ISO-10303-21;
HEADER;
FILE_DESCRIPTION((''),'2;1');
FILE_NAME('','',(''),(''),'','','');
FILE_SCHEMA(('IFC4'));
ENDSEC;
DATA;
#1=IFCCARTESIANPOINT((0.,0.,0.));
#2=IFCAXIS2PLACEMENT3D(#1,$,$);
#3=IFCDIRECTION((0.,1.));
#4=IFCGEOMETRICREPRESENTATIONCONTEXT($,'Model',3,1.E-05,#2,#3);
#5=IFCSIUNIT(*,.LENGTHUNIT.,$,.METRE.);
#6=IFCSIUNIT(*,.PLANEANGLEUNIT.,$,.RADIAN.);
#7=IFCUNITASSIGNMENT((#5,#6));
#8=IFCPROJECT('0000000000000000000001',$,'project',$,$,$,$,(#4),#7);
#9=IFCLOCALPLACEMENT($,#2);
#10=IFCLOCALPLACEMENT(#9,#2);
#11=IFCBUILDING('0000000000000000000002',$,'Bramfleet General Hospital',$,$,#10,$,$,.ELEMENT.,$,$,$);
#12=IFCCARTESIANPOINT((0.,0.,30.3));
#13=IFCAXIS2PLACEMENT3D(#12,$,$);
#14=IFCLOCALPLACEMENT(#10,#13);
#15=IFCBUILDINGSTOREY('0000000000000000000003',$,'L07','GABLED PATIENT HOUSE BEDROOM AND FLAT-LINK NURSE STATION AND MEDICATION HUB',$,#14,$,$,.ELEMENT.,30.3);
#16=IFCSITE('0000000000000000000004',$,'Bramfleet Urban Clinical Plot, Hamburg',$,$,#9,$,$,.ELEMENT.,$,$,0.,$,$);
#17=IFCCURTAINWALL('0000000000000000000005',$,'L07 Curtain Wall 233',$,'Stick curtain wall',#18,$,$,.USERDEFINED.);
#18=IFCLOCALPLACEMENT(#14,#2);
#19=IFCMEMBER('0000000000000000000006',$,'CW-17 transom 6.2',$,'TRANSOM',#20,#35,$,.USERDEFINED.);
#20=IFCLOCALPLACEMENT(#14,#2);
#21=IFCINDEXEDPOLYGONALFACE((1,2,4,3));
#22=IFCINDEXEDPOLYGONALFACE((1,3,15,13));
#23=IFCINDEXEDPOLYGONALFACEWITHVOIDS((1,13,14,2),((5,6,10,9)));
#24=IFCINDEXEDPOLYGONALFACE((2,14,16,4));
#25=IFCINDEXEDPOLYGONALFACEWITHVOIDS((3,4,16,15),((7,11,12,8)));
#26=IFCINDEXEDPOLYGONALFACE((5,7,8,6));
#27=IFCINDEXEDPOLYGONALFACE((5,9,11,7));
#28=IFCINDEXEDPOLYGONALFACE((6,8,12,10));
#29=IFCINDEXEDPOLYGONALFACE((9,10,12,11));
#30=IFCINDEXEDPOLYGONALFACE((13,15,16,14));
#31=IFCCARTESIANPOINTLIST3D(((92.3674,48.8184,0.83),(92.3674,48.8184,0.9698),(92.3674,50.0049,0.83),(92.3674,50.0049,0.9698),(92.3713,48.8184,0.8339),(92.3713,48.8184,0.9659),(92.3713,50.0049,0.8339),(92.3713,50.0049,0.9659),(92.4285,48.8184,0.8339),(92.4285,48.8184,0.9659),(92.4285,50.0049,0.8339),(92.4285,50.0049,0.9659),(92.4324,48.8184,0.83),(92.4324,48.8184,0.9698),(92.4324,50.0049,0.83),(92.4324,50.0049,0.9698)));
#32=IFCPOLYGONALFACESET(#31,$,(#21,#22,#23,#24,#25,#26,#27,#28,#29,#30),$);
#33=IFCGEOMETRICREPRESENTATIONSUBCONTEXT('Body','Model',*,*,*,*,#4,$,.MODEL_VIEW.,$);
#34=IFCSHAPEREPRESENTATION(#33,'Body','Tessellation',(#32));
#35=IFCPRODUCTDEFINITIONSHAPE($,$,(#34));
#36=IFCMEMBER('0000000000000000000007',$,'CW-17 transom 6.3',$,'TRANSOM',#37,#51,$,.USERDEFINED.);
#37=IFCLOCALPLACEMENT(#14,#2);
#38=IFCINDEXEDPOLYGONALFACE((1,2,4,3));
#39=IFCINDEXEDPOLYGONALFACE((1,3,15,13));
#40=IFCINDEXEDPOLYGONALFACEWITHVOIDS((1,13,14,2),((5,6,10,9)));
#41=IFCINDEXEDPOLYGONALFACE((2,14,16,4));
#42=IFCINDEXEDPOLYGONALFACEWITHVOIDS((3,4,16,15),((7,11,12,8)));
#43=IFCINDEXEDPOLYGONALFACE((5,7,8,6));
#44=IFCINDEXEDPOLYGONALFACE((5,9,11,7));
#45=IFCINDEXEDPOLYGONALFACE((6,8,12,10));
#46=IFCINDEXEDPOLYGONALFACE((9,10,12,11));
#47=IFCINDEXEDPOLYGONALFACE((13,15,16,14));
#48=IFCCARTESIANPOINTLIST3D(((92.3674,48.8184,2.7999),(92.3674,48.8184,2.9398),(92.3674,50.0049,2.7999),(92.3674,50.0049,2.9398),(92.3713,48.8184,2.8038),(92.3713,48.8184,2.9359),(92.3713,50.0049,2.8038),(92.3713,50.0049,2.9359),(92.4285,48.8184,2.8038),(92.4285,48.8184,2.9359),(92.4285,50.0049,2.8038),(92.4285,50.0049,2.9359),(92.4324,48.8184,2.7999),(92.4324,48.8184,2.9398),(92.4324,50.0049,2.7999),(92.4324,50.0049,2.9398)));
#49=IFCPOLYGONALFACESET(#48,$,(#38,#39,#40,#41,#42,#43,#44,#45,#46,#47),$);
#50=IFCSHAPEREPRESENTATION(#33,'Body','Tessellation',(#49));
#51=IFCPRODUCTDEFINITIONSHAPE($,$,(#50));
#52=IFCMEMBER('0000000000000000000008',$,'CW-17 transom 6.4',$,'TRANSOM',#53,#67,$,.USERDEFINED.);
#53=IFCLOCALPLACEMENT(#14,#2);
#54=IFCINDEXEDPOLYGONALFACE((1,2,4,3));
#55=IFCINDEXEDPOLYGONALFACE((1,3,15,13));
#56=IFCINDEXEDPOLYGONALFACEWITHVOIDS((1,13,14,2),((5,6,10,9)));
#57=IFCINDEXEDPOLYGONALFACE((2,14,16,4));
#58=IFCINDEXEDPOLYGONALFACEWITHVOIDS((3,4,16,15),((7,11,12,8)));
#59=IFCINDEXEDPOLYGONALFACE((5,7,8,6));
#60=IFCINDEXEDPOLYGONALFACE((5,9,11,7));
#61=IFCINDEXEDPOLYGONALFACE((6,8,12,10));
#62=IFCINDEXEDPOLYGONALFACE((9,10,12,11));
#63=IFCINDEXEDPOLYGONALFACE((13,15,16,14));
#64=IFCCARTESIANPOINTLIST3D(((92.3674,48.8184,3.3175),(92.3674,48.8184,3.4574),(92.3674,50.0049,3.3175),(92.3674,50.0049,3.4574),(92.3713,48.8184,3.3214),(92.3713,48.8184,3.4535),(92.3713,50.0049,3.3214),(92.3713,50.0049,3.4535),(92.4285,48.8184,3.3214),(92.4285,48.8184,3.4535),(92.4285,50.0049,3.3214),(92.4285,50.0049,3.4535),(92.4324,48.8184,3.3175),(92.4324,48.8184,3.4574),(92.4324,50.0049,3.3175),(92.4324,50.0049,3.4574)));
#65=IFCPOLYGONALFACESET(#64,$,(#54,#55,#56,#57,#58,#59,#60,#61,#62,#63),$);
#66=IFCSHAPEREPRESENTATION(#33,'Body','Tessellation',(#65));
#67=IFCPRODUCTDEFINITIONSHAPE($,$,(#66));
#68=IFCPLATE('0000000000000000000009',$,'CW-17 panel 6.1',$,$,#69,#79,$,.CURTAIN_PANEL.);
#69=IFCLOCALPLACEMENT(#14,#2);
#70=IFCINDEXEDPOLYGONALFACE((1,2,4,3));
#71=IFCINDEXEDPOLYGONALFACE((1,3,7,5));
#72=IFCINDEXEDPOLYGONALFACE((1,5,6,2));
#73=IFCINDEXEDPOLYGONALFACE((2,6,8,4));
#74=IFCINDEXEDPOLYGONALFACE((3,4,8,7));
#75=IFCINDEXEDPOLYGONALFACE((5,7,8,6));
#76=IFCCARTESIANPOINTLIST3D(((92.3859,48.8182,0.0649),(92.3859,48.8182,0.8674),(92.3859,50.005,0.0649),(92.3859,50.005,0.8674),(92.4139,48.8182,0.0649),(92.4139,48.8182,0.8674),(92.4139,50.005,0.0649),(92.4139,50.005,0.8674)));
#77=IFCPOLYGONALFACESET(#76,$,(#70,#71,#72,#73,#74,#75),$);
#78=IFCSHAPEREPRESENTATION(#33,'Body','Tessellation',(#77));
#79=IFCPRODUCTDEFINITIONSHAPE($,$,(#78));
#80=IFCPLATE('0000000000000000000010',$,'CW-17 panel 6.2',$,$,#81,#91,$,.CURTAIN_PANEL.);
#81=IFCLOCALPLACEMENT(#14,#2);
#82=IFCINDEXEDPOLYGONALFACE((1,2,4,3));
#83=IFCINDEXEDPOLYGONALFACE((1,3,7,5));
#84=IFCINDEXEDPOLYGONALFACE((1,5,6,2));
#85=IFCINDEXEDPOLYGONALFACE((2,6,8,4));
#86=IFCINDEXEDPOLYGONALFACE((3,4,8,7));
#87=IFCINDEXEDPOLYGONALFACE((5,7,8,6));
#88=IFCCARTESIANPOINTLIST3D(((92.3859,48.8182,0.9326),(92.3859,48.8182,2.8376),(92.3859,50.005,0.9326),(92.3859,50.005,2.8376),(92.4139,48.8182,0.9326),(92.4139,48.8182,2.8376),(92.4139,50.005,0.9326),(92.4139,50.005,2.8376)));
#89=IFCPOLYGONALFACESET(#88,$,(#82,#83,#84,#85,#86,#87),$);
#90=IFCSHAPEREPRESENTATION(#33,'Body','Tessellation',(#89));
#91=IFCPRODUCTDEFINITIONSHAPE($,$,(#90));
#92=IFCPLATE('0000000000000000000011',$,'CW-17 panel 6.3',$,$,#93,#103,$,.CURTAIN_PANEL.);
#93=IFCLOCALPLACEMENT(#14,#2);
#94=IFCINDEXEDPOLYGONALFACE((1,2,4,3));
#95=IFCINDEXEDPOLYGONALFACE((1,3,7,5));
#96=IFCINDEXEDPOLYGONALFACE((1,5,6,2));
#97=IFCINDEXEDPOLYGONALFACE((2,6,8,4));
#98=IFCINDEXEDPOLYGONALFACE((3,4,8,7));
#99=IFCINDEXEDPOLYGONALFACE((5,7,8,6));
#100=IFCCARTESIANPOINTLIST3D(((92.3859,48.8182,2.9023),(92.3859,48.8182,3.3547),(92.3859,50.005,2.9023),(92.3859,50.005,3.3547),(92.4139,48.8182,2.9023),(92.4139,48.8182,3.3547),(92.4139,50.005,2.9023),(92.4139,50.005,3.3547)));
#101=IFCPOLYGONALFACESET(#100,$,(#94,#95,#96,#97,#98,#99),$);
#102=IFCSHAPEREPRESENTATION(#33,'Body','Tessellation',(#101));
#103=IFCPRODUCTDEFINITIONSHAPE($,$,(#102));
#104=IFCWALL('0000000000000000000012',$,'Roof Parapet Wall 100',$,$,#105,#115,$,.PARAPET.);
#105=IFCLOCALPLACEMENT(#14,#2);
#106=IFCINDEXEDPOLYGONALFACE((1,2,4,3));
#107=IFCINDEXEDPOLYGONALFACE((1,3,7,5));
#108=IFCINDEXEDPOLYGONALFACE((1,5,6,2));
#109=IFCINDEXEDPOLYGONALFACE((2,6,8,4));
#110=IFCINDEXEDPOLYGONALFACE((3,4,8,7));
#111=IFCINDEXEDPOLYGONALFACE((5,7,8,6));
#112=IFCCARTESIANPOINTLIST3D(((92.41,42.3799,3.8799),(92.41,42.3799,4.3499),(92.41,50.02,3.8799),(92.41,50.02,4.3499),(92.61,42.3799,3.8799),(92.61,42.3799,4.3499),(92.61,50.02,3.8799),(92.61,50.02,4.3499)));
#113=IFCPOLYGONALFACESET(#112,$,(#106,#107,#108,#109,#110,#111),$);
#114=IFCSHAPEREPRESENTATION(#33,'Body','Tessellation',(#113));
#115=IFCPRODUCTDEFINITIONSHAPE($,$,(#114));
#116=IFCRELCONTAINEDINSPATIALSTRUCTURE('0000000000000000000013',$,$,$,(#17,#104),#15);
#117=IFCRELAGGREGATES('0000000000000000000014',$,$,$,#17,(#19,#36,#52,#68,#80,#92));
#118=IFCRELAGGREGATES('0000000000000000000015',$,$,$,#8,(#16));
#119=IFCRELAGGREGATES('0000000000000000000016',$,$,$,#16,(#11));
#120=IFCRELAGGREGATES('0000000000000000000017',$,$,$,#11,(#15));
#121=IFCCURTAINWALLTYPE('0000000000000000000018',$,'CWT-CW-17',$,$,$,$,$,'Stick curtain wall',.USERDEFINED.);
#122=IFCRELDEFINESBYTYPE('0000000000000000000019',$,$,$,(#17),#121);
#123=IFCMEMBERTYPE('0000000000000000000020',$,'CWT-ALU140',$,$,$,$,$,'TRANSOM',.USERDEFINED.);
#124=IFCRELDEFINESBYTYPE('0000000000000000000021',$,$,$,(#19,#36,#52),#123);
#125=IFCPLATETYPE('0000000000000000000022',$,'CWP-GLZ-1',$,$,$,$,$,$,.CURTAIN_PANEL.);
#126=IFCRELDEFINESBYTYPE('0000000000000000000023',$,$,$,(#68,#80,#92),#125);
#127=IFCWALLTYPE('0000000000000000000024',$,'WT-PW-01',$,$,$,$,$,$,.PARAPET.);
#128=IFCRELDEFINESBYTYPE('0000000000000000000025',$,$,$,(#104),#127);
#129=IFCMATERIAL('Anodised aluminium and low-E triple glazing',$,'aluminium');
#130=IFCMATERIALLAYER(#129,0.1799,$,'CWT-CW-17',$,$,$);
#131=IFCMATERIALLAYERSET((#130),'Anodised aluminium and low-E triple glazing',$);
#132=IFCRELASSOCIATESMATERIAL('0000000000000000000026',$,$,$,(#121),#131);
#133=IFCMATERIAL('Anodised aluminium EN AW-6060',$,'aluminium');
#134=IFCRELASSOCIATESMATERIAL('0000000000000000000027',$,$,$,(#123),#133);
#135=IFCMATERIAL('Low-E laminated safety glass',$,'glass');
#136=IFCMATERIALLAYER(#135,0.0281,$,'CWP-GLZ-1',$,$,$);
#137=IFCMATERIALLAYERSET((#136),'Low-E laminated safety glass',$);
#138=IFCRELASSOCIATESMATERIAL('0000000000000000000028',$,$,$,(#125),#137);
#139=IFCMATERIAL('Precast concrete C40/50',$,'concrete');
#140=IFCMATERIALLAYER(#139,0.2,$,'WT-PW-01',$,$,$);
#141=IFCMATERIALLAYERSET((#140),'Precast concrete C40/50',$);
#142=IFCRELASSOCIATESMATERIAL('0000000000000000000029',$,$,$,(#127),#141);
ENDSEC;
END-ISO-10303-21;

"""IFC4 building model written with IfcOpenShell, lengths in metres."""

from ifc_helpers import new_model, si_unit, direction, frame, frame_2d, origin, origin_2d, place, context, subcontext, project, spatial, rectangle, hollow_rectangle, extrude, material, layer, layer_set, material_profile, profile_set, type_object, element, aggregate, save


model = new_model("IFC4")

# Units and contexts
model_context = context("Model", 3, precision=1e-05, world=origin(), true_north=direction((0.0, 1.0)))
body_context = subcontext(model_context, "Body", "Model", "MODEL_VIEW")
ifc_project = project(units=[si_unit("LENGTHUNIT", "METRE"), si_unit("PLANEANGLEUNIT", "RADIAN")], contexts=[model_context])

# Site, building, storey
site_placement = place(None, origin())
site = spatial("IfcSite", under=ifc_project, at=site_placement, Name="Bramfleet Urban Clinical Plot, Hamburg", CompositionType="ELEMENT", RefElevation=0.0)
building_placement = place(site_placement, origin())
building = spatial("IfcBuilding", under=site, at=building_placement, Name="Bramfleet General Hospital", CompositionType="ELEMENT")
storey_placement = place(building_placement, frame((0.0, 0.0, 30.3)))
storey = spatial("IfcBuildingStorey", under=building, at=storey_placement, Name="L07", Description="GABLED PATIENT HOUSE BEDROOM AND FLAT-LINK NURSE STATION AND MEDICATION HUB", CompositionType="ELEMENT", Elevation=30.3)

# Curtain wall, members, plates
ifc_material_1 = material(Name="Anodised aluminium and low-E triple glazing", Category="aluminium")
ifc_layer_1 = layer(ifc_material_1, 0.1799, Name="CWT-CW-17")
ifc_layer_set_1 = layer_set([ifc_layer_1], Name="Anodised aluminium and low-E triple glazing")
curtain_wall_type = type_object("IfcCurtainWallType", Name="CWT-CW-17", ElementType="Stick curtain wall", PredefinedType="USERDEFINED", material=ifc_layer_set_1)
curtain_wall_placement = place(storey_placement, origin())
curtain_wall = element("IfcCurtainWall", 1, at=curtain_wall_placement, inside=storey, type_object=curtain_wall_type, Name="L07 Curtain Wall 233", ObjectType="Stick curtain wall", PredefinedType="USERDEFINED")
ifc_material_2 = material(Name="Anodised aluminium EN AW-6060", Category="aluminium")
ifc_material_profile_1 = material_profile(ifc_material_2, hollow_rectangle(XDim=0.0649, YDim=0.1399, WallThickness=0.0039, at=origin_2d()), Name="ALU 140x65x4.0")
ifc_profile_set_1 = profile_set([ifc_material_profile_1], Name="Anodised aluminium EN AW-6060")
member_type_1 = type_object("IfcMemberType", Name="CWT-ALU140", ElementType="TRANSOM", PredefinedType="USERDEFINED", material=ifc_profile_set_1)
member_1_placement = place(storey_placement, frame((92.3999, 48.8184, 0.8999), z_axis=(0.0, 1.0, 0.0), x_axis=(-1.0, 0.0, 0.0)))
member_1 = element("IfcMember", 2, at=member_1_placement, type_object=member_type_1, Name="CW-17 transom 6.2", ObjectType="TRANSOM", PredefinedType="USERDEFINED", context=body_context, shape_type="SweptSolid", body=[
    extrude(hollow_rectangle(XDim=0.0649, YDim=0.1399, WallThickness=0.0039, at=origin_2d()), origin(), (0.0, 0.0, 1.0), 1.1865),
])
member_2_placement = place(storey_placement, frame((92.3999, 48.8184, 2.8699), z_axis=(0.0, 1.0, 0.0), x_axis=(-1.0, 0.0, 0.0)))
member_2 = element("IfcMember", 3, at=member_2_placement, type_object=member_type_1, Name="CW-17 transom 6.3", ObjectType="TRANSOM", PredefinedType="USERDEFINED", context=body_context, shape_type="SweptSolid", body=[
    extrude(hollow_rectangle(XDim=0.0649, YDim=0.1399, WallThickness=0.0039, at=origin_2d()), origin(), (0.0, 0.0, 1.0), 1.1865),
])
member_3_placement = place(storey_placement, frame((92.3999, 48.8184, 3.3875), z_axis=(0.0, 1.0, 0.0), x_axis=(-1.0, 0.0, 0.0)))
member_3 = element("IfcMember", 4, at=member_3_placement, type_object=member_type_1, Name="CW-17 transom 6.4", ObjectType="TRANSOM", PredefinedType="USERDEFINED", context=body_context, shape_type="SweptSolid", body=[
    extrude(hollow_rectangle(XDim=0.0649, YDim=0.1399, WallThickness=0.0039, at=origin_2d()), origin(), (0.0, 0.0, 1.0), 1.1865),
])
ifc_material_3 = material(Name="Low-E laminated safety glass", Category="glass")
ifc_layer_2 = layer(ifc_material_3, 0.0281, Name="CWP-GLZ-1")
ifc_layer_set_2 = layer_set([ifc_layer_2], Name="Low-E laminated safety glass")
plate_type = type_object("IfcPlateType", Name="CWP-GLZ-1", PredefinedType="CURTAIN_PANEL", material=ifc_layer_set_2)
plate_1_placement = place(storey_placement, frame((92.3999, 49.4116, 0.0649), z_axis=(0.0, 0.0, 1.0), x_axis=(0.0, 1.0, 0.0)))
plate_1 = element("IfcPlate", 5, at=plate_1_placement, type_object=plate_type, Name="CW-17 panel 6.1", PredefinedType="CURTAIN_PANEL", context=body_context, shape_type="SweptSolid", body=[
    extrude(rectangle(XDim=1.1868, YDim=0.0281, at=origin_2d()), origin(), (0.0, 0.0, 1.0), 0.8025),
])
plate_2_placement = place(storey_placement, frame((92.3999, 49.4116, 0.9326), z_axis=(0.0, 0.0, 1.0), x_axis=(0.0, 1.0, 0.0)))
plate_2 = element("IfcPlate", 6, at=plate_2_placement, type_object=plate_type, Name="CW-17 panel 6.2", PredefinedType="CURTAIN_PANEL", context=body_context, shape_type="SweptSolid", body=[
    extrude(rectangle(XDim=1.1868, YDim=0.0281, at=origin_2d()), origin(), (0.0, 0.0, 1.0), 1.905),
])
plate_3_placement = place(storey_placement, frame((92.3999, 49.4116, 2.9023), z_axis=(0.0, 0.0, 1.0), x_axis=(0.0, 1.0, 0.0)))
plate_3 = element("IfcPlate", 7, at=plate_3_placement, type_object=plate_type, Name="CW-17 panel 6.3", PredefinedType="CURTAIN_PANEL", context=body_context, shape_type="SweptSolid", body=[
    extrude(rectangle(XDim=1.1868, YDim=0.0281, at=origin_2d()), origin(), (0.0, 0.0, 1.0), 0.4524),
])
aggregate(curtain_wall, [member_1, member_2, member_3, plate_1, plate_2, plate_3])

# Wall
ifc_material_4 = material(Name="Precast concrete C40/50", Category="concrete")
ifc_layer_3 = layer(ifc_material_4, 0.2, Name="WT-PW-01")
ifc_layer_set_3 = layer_set([ifc_layer_3], Name="Precast concrete C40/50")
wall_type = type_object("IfcWallType", Name="WT-PW-01", PredefinedType="PARAPET", material=ifc_layer_set_3)
wall_placement = place(storey_placement, frame((92.51, 42.3799, 3.8799), z_axis=(0.0, 0.0, 1.0), x_axis=(0.0, 1.0, 0.0)))
element("IfcWall", 8, at=wall_placement, inside=storey, type_object=wall_type, Name="Roof Parapet Wall 100", PredefinedType="PARAPET", context=body_context, shape_type="SweptSolid", body=[
    extrude(rectangle(XDim=7.6401, YDim=0.2, at=frame_2d((3.8201, 0.0))), origin(), (0.0, 0.0, 1.0), 0.47),
])

save(model, "model.ifc")
